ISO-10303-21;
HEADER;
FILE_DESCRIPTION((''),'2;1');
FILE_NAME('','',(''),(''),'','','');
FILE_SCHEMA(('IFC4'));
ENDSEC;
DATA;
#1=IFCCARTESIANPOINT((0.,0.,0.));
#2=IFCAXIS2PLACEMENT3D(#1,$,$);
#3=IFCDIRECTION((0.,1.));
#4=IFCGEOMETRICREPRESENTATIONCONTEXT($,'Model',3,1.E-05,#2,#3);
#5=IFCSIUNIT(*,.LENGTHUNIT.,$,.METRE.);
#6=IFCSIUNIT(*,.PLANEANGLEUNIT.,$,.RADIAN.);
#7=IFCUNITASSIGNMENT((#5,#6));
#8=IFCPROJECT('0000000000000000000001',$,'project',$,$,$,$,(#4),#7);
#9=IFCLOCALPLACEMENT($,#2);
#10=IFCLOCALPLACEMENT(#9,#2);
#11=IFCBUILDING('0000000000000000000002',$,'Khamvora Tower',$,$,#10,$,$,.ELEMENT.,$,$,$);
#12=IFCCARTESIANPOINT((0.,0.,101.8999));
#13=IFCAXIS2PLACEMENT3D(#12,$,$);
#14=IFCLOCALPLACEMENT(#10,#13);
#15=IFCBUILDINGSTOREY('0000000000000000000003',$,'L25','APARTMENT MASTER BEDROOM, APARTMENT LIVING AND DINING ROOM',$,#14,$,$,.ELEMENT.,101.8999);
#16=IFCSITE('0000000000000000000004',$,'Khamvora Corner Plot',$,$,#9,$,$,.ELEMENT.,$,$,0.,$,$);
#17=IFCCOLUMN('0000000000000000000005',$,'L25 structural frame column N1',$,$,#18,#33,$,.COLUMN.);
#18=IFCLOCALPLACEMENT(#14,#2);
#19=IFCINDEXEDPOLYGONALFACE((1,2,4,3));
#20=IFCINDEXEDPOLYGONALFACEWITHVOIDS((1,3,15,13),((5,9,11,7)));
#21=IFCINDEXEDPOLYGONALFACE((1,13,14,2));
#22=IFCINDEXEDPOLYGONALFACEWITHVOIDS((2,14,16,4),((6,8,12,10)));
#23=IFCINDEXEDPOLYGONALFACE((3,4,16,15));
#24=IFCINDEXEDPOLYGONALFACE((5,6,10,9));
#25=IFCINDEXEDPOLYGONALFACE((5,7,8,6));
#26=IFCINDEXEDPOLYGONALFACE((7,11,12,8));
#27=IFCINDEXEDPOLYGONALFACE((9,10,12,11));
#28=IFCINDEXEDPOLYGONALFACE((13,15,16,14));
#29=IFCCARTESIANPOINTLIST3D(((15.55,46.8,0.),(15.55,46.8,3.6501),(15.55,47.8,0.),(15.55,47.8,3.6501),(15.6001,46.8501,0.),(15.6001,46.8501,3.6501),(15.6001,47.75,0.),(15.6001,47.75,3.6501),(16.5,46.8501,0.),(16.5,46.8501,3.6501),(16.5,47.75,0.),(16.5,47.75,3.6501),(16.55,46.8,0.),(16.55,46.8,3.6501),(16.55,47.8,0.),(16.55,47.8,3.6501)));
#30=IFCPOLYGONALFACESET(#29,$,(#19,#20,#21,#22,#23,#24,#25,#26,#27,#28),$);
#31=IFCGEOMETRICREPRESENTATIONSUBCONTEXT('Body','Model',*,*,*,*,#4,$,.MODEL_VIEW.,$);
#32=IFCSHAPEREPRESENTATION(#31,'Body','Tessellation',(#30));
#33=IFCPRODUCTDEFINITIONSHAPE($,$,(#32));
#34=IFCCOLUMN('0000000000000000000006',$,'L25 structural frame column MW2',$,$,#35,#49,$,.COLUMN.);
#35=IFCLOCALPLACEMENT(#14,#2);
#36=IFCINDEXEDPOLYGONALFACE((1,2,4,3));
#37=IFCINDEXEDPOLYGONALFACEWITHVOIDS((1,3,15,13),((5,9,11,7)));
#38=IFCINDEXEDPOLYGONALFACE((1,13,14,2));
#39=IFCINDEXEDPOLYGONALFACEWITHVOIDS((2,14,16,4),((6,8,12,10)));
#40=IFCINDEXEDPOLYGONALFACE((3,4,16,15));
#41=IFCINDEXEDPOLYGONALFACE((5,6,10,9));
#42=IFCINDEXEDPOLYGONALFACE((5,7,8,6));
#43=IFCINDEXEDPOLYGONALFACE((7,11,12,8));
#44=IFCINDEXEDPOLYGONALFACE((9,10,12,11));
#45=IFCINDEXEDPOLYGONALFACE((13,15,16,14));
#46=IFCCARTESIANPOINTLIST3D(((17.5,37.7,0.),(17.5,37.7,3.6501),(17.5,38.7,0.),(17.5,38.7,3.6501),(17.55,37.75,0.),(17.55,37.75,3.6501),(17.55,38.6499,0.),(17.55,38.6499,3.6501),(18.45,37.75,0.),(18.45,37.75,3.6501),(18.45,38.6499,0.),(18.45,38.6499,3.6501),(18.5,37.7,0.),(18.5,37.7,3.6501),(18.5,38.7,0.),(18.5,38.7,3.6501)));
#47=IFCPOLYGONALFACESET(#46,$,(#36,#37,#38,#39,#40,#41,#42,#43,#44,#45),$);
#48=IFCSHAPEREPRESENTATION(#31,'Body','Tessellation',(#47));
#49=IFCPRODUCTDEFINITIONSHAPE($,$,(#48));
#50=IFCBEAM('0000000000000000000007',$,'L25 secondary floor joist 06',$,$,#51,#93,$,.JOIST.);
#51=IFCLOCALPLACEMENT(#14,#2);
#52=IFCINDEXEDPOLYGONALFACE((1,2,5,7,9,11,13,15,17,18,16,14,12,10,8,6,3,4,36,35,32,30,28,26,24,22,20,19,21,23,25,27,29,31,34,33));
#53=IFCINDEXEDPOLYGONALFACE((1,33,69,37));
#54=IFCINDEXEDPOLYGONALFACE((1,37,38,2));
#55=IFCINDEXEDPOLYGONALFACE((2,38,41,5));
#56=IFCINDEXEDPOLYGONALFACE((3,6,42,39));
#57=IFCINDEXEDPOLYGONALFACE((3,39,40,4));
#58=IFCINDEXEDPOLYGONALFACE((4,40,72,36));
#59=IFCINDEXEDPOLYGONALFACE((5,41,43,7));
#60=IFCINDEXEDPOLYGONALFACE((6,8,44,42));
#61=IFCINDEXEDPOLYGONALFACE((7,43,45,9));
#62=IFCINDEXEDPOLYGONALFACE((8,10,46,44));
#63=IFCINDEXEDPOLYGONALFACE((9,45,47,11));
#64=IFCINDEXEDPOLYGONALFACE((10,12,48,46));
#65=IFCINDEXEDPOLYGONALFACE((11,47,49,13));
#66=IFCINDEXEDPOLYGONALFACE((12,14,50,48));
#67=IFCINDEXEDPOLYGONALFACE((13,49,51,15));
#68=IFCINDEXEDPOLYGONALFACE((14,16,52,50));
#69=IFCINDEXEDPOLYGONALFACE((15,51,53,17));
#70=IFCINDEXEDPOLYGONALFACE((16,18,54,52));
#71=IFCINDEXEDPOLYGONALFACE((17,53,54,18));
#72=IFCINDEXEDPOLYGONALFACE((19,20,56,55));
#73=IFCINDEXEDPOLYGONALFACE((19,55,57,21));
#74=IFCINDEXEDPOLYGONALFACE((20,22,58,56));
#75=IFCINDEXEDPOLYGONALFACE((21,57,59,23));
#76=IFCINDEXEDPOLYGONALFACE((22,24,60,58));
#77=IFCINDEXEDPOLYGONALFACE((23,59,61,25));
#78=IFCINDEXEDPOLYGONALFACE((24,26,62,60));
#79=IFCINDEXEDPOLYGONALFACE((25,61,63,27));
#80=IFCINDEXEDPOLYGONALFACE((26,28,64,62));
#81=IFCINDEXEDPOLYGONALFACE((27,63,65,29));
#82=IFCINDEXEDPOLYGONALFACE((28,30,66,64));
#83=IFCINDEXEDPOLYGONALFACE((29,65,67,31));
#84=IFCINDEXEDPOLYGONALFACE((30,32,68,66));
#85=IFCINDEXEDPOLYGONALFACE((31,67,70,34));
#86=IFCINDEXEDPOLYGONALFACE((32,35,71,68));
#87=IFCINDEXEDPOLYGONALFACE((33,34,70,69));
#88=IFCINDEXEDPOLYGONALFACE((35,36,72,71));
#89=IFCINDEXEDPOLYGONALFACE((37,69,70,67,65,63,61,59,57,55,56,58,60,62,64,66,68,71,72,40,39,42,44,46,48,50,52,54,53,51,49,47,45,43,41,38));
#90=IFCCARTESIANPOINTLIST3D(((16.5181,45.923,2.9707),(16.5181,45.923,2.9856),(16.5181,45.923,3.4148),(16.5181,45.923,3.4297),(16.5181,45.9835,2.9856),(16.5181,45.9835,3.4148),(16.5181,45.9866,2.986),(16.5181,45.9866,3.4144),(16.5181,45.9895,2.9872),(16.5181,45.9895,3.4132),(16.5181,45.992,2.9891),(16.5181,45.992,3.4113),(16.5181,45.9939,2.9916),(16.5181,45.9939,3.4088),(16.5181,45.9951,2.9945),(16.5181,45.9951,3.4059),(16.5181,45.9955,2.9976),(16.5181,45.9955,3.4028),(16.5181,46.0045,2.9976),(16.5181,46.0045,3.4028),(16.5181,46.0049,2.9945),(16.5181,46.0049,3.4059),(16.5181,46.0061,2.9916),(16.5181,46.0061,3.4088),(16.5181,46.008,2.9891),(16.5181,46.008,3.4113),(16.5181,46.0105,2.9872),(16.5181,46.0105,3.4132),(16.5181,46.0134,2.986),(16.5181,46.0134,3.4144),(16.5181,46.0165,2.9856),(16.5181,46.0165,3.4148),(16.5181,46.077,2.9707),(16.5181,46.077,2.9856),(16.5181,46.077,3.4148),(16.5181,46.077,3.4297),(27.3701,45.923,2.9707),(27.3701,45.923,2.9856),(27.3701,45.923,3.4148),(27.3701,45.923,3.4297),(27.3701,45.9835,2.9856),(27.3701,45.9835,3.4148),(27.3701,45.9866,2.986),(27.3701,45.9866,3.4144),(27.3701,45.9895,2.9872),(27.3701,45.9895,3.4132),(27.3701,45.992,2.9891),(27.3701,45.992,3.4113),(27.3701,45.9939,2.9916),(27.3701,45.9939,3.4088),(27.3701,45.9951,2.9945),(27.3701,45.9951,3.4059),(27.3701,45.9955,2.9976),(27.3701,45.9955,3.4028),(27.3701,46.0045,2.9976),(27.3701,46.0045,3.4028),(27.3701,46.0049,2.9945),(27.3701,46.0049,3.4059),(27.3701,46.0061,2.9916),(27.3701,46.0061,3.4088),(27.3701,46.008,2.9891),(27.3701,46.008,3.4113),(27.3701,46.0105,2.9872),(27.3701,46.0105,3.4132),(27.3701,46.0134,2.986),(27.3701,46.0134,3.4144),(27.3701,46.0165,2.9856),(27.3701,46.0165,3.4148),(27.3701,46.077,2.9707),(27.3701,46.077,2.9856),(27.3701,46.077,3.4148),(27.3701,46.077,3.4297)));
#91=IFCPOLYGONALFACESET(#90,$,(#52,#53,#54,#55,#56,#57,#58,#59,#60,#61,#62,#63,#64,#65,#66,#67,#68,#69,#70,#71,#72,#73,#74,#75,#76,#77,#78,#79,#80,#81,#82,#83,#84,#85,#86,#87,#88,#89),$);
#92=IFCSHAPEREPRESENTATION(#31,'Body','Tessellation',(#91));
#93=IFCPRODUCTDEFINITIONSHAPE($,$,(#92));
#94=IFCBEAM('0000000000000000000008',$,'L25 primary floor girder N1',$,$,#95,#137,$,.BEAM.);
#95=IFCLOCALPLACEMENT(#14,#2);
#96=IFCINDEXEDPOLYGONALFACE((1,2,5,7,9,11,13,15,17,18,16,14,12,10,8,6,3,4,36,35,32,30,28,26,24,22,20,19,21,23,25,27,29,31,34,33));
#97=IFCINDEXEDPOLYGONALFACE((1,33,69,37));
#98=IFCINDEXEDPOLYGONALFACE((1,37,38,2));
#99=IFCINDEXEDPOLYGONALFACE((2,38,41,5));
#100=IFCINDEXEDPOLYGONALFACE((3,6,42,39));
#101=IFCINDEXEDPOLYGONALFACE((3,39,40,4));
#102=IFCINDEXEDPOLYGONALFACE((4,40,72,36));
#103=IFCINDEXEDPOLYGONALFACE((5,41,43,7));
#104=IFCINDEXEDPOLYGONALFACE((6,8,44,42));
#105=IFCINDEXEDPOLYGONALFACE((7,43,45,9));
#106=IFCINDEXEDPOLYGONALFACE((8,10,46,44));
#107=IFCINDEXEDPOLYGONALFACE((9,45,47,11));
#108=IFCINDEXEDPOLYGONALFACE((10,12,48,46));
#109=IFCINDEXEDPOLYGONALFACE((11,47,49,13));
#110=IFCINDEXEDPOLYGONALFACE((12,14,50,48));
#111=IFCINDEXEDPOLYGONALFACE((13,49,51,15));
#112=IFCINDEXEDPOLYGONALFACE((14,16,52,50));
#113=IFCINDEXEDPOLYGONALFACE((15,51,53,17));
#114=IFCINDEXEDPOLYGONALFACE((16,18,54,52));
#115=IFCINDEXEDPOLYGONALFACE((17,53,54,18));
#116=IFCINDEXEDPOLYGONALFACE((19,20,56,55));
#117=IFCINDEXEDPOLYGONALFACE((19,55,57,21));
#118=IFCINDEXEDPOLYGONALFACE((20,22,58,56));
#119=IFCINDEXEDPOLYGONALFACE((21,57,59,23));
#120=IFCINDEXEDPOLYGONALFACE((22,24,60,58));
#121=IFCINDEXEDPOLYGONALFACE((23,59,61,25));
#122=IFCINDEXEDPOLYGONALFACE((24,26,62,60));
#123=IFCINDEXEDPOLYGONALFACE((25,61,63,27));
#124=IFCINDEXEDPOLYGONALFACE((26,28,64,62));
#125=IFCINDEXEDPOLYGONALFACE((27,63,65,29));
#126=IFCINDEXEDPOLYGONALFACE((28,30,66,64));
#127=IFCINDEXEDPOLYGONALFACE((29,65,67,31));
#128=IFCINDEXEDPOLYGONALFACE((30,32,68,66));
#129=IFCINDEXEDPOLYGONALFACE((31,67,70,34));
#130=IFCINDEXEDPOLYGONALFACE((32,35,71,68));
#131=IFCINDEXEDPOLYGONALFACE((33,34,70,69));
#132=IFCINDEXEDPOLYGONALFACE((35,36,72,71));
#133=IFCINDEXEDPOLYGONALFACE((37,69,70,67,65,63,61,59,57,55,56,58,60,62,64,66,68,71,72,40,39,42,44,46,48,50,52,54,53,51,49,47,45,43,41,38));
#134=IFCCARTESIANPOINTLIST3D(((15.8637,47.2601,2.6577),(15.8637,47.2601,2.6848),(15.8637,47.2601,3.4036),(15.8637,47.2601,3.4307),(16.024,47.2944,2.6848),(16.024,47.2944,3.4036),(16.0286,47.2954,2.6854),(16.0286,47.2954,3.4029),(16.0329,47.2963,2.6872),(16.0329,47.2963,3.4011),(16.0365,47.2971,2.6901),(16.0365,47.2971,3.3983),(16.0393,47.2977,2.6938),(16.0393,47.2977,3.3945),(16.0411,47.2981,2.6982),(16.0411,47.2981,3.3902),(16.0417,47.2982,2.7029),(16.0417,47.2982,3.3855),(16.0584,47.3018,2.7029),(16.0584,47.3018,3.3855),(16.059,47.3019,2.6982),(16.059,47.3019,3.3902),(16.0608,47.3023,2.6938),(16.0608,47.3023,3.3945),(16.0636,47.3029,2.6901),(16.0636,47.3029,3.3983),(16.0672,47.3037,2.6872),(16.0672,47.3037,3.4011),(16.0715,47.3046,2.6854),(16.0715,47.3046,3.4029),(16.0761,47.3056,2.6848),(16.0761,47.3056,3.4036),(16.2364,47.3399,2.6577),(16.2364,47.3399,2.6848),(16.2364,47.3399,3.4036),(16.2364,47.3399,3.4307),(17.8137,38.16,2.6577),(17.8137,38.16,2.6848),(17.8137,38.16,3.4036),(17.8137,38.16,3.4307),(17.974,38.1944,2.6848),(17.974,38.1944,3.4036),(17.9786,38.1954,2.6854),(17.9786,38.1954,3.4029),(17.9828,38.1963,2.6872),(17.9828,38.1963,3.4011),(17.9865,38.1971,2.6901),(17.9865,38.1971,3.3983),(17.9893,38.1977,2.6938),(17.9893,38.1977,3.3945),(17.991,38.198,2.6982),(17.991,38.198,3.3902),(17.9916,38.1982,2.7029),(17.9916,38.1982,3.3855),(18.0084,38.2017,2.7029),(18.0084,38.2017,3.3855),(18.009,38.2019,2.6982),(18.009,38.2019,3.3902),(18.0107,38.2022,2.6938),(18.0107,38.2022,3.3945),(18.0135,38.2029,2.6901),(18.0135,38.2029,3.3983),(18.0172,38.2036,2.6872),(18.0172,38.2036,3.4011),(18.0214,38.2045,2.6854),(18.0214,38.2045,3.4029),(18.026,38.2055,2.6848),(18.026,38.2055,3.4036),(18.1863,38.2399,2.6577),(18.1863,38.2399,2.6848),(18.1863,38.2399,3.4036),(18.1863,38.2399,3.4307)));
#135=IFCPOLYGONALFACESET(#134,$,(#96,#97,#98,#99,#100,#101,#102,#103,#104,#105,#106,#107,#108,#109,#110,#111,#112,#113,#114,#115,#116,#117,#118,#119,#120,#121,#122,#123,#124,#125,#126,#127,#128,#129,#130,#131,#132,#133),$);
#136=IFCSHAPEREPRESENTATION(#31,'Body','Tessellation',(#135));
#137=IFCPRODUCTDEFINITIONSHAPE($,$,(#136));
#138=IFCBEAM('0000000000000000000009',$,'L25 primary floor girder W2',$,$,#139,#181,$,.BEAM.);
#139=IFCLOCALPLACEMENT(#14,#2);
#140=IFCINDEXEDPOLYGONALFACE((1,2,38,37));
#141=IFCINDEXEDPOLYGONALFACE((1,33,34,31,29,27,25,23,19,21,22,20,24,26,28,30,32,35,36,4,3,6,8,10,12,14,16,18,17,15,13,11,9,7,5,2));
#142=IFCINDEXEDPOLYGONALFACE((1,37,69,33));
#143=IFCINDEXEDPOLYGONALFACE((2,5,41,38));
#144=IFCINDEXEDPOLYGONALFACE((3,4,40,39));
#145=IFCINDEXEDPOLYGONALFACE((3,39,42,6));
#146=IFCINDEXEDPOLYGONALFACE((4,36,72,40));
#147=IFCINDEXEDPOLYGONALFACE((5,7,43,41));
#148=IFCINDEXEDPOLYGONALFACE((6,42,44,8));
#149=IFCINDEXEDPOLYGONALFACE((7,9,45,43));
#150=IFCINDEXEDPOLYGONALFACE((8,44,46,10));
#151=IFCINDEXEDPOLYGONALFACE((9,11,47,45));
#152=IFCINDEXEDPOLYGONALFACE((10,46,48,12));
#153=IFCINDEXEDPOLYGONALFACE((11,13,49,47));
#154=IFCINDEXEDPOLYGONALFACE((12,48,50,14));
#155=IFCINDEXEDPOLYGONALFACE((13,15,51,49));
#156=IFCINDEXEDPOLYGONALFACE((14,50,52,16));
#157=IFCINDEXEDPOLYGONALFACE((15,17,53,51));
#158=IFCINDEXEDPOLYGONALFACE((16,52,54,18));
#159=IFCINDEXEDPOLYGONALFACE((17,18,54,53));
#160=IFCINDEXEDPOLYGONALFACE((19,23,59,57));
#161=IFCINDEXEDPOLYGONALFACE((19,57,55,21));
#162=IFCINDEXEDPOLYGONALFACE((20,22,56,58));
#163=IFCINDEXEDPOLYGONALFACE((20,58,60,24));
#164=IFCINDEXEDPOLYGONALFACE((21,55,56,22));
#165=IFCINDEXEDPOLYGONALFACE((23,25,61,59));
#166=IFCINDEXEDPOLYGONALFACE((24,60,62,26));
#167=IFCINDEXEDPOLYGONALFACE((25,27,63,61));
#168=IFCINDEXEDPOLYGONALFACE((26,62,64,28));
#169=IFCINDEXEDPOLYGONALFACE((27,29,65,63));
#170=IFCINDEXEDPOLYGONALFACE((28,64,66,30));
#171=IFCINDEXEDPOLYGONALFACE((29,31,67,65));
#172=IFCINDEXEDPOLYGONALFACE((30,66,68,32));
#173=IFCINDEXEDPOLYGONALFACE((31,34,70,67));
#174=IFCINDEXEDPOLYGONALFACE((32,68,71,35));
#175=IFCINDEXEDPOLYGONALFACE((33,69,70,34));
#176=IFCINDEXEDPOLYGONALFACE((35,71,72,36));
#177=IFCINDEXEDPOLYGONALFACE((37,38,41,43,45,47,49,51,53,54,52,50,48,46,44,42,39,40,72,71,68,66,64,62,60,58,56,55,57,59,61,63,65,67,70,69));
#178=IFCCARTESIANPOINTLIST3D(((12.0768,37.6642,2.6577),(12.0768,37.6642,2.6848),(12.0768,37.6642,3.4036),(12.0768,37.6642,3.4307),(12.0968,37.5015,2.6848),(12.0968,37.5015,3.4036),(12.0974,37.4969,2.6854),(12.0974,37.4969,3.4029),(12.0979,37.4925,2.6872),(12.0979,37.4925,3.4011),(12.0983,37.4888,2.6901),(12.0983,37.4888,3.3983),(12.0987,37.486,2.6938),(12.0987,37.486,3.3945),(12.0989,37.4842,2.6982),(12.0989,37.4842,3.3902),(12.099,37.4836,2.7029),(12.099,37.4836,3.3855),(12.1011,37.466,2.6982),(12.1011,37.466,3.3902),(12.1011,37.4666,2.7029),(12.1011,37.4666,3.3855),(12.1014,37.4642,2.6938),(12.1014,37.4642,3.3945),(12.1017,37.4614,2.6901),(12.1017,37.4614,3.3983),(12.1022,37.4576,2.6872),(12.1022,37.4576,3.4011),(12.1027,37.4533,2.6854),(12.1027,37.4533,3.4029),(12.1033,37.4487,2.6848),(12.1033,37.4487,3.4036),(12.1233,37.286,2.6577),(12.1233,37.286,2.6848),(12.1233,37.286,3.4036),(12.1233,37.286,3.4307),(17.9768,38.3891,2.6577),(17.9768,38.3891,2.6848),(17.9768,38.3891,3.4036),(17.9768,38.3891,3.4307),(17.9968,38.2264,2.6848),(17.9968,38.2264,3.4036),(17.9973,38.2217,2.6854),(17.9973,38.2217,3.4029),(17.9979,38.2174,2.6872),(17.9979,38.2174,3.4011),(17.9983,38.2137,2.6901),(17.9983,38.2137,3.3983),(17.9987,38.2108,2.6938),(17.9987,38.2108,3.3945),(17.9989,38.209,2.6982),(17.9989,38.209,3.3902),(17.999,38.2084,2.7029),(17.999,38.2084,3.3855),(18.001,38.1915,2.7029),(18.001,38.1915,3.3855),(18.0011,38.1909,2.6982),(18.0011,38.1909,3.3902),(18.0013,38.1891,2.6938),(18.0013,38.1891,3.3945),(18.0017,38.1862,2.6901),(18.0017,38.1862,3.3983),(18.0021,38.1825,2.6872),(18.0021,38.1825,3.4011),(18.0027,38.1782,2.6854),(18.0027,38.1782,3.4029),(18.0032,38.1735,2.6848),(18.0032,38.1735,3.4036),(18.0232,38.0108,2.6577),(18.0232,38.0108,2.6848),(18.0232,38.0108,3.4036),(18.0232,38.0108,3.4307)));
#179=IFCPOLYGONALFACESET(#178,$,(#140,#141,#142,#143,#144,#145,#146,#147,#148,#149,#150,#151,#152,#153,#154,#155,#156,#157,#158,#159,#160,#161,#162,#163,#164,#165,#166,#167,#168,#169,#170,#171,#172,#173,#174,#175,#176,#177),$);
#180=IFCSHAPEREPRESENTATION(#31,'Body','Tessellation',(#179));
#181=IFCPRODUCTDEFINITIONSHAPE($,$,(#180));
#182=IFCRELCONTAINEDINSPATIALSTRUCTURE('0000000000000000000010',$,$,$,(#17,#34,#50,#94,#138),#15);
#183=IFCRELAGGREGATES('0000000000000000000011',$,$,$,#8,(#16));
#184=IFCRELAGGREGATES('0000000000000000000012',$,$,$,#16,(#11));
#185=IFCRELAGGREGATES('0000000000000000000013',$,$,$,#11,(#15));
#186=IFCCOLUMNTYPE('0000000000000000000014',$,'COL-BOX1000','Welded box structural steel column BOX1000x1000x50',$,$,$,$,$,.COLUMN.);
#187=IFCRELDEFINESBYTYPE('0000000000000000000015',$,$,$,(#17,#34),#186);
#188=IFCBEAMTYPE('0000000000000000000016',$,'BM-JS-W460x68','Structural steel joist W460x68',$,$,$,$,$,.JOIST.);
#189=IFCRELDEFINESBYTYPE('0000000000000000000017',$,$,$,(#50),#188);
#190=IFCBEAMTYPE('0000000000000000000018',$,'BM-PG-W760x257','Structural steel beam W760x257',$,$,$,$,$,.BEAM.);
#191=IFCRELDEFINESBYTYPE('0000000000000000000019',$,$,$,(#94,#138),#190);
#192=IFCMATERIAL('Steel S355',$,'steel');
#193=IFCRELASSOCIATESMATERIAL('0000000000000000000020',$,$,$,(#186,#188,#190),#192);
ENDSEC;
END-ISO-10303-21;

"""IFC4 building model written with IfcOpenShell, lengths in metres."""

from ifc_helpers import new_model, si_unit, direction, frame, origin, origin_2d, place, context, subcontext, project, spatial, hollow_rectangle, i_section, extrude, material, material_profile, profile_set, type_object, element, save


model = new_model("IFC4")

# Units and contexts
model_context = context("Model", 3, precision=1e-05, world=origin(), true_north=direction((0.0, 1.0)))
body_context = subcontext(model_context, "Body", "Model", "MODEL_VIEW")
ifc_project = project(units=[si_unit("LENGTHUNIT", "METRE"), si_unit("PLANEANGLEUNIT", "RADIAN")], contexts=[model_context])

# Site, building, storey
site_placement = place(None, origin())
site = spatial("IfcSite", under=ifc_project, at=site_placement, Name="Khamvora Corner Plot", CompositionType="ELEMENT", RefElevation=0.0)
building_placement = place(site_placement, origin())
building = spatial("IfcBuilding", under=site, at=building_placement, Name="Khamvora Tower", CompositionType="ELEMENT")
storey_placement = place(building_placement, frame((0.0, 0.0, 101.8999)))
storey = spatial("IfcBuildingStorey", under=building, at=storey_placement, Name="L25", Description="APARTMENT MASTER BEDROOM, APARTMENT LIVING AND DINING ROOM", CompositionType="ELEMENT", Elevation=101.8999)

# Columns
ifc_material_1 = material(Name="Steel S355", Category="steel")
ifc_material_profile_1 = material_profile(ifc_material_1, hollow_rectangle(XDim=1.0, YDim=1.0, WallThickness=0.05, at=origin_2d()), Name="BOX1000x1000x50")
ifc_profile_set_1 = profile_set([ifc_material_profile_1], Name="Steel S355")
column_type = type_object("IfcColumnType", Name="COL-BOX1000", Description="Welded box structural steel column BOX1000x1000x50", PredefinedType="COLUMN", material=ifc_profile_set_1)
for number, where, z_axis, x_axis, name in (
    (1, (16.05, 47.3, 0.0), (0.0, 0.0, 1.0), (1.0, 0.0, 0.0), "L25 structural frame column N1"),
    (2, (18.0, 38.2, 0.0), (0.0, 0.0, 1.0), (1.0, 0.0, 0.0), "L25 structural frame column MW2"),
):
    element("IfcColumn", number, at=place(storey_placement, frame(where, z_axis=z_axis, x_axis=x_axis)), inside=storey, type_object=column_type, Name=name, PredefinedType="COLUMN", context=body_context, shape_type="SweptSolid", body=[
        extrude(hollow_rectangle(XDim=1.0, YDim=1.0, WallThickness=0.05, at=origin_2d()), origin(), (0.0, 0.0, 1.0), 3.6501),
    ])

# Beams
ifc_material_profile_2 = material_profile(ifc_material_1, i_section(OverallWidth=0.1541, OverallDepth=0.459, WebThickness=0.009, FlangeThickness=0.0149, FilletRadius=0.012, at=origin_2d()), Name="W460x68")
ifc_profile_set_2 = profile_set([ifc_material_profile_2], Name="Steel S355")
beam_type_1 = type_object("IfcBeamType", Name="BM-JS-W460x68", Description="Structural steel joist W460x68", PredefinedType="JOIST", material=ifc_profile_set_2)
beam_1_placement = place(storey_placement, frame((16.5181, 46.0, 3.2002), z_axis=(1.0, 0.0, 0.0), x_axis=(0.0, 1.0, 0.0)))
element("IfcBeam", 3, at=beam_1_placement, inside=storey, type_object=beam_type_1, Name="L25 secondary floor joist 06", PredefinedType="JOIST", context=body_context, shape_type="SweptSolid", body=[
    extrude(i_section(OverallWidth=0.1541, OverallDepth=0.459, WebThickness=0.009, FlangeThickness=0.0149, FilletRadius=0.012, at=origin_2d()), origin(), (0.0, 0.0, 1.0), 10.8521),
])
ifc_material_profile_3 = material_profile(ifc_material_1, i_section(OverallWidth=0.3811, OverallDepth=0.7729, WebThickness=0.0171, FlangeThickness=0.0271, FilletRadius=0.0181, at=origin_2d()), Name="W760x257")
ifc_profile_set_3 = profile_set([ifc_material_profile_3], Name="Steel S355")
beam_type_2 = type_object("IfcBeamType", Name="BM-PG-W760x257", Description="Structural steel beam W760x257", PredefinedType="BEAM", material=ifc_profile_set_3)
beam_2_placement = place(storey_placement, frame((18.0, 38.2, 3.0442), z_axis=(-0.209522, 0.977804, 0.0), x_axis=(-0.977804, -0.209522, 0.0)))
element("IfcBeam", 4, at=beam_2_placement, inside=storey, type_object=beam_type_2, Name="L25 primary floor girder N1", PredefinedType="BEAM", context=body_context, shape_type="SweptSolid", body=[
    extrude(i_section(OverallWidth=0.3811, OverallDepth=0.7729, WebThickness=0.0171, FlangeThickness=0.0271, FilletRadius=0.0181, at=origin_2d()), origin(), (0.0, 0.0, 1.0), 9.3066),
])
beam_3_placement = place(storey_placement, frame((18.0, 38.2, 3.0442), z_axis=(-0.992537, -0.121942, 0.0), x_axis=(0.121942, -0.992537, 0.0)))
element("IfcBeam", 5, at=beam_3_placement, inside=storey, type_object=beam_type_2, Name="L25 primary floor girder W2", PredefinedType="BEAM", context=body_context, shape_type="SweptSolid", body=[
    extrude(i_section(OverallWidth=0.3811, OverallDepth=0.7729, WebThickness=0.0171, FlangeThickness=0.0271, FilletRadius=0.0181, at=origin_2d()), origin(), (0.0, 0.0, 1.0), 5.9443),
])

save(model, "model.ifc")
